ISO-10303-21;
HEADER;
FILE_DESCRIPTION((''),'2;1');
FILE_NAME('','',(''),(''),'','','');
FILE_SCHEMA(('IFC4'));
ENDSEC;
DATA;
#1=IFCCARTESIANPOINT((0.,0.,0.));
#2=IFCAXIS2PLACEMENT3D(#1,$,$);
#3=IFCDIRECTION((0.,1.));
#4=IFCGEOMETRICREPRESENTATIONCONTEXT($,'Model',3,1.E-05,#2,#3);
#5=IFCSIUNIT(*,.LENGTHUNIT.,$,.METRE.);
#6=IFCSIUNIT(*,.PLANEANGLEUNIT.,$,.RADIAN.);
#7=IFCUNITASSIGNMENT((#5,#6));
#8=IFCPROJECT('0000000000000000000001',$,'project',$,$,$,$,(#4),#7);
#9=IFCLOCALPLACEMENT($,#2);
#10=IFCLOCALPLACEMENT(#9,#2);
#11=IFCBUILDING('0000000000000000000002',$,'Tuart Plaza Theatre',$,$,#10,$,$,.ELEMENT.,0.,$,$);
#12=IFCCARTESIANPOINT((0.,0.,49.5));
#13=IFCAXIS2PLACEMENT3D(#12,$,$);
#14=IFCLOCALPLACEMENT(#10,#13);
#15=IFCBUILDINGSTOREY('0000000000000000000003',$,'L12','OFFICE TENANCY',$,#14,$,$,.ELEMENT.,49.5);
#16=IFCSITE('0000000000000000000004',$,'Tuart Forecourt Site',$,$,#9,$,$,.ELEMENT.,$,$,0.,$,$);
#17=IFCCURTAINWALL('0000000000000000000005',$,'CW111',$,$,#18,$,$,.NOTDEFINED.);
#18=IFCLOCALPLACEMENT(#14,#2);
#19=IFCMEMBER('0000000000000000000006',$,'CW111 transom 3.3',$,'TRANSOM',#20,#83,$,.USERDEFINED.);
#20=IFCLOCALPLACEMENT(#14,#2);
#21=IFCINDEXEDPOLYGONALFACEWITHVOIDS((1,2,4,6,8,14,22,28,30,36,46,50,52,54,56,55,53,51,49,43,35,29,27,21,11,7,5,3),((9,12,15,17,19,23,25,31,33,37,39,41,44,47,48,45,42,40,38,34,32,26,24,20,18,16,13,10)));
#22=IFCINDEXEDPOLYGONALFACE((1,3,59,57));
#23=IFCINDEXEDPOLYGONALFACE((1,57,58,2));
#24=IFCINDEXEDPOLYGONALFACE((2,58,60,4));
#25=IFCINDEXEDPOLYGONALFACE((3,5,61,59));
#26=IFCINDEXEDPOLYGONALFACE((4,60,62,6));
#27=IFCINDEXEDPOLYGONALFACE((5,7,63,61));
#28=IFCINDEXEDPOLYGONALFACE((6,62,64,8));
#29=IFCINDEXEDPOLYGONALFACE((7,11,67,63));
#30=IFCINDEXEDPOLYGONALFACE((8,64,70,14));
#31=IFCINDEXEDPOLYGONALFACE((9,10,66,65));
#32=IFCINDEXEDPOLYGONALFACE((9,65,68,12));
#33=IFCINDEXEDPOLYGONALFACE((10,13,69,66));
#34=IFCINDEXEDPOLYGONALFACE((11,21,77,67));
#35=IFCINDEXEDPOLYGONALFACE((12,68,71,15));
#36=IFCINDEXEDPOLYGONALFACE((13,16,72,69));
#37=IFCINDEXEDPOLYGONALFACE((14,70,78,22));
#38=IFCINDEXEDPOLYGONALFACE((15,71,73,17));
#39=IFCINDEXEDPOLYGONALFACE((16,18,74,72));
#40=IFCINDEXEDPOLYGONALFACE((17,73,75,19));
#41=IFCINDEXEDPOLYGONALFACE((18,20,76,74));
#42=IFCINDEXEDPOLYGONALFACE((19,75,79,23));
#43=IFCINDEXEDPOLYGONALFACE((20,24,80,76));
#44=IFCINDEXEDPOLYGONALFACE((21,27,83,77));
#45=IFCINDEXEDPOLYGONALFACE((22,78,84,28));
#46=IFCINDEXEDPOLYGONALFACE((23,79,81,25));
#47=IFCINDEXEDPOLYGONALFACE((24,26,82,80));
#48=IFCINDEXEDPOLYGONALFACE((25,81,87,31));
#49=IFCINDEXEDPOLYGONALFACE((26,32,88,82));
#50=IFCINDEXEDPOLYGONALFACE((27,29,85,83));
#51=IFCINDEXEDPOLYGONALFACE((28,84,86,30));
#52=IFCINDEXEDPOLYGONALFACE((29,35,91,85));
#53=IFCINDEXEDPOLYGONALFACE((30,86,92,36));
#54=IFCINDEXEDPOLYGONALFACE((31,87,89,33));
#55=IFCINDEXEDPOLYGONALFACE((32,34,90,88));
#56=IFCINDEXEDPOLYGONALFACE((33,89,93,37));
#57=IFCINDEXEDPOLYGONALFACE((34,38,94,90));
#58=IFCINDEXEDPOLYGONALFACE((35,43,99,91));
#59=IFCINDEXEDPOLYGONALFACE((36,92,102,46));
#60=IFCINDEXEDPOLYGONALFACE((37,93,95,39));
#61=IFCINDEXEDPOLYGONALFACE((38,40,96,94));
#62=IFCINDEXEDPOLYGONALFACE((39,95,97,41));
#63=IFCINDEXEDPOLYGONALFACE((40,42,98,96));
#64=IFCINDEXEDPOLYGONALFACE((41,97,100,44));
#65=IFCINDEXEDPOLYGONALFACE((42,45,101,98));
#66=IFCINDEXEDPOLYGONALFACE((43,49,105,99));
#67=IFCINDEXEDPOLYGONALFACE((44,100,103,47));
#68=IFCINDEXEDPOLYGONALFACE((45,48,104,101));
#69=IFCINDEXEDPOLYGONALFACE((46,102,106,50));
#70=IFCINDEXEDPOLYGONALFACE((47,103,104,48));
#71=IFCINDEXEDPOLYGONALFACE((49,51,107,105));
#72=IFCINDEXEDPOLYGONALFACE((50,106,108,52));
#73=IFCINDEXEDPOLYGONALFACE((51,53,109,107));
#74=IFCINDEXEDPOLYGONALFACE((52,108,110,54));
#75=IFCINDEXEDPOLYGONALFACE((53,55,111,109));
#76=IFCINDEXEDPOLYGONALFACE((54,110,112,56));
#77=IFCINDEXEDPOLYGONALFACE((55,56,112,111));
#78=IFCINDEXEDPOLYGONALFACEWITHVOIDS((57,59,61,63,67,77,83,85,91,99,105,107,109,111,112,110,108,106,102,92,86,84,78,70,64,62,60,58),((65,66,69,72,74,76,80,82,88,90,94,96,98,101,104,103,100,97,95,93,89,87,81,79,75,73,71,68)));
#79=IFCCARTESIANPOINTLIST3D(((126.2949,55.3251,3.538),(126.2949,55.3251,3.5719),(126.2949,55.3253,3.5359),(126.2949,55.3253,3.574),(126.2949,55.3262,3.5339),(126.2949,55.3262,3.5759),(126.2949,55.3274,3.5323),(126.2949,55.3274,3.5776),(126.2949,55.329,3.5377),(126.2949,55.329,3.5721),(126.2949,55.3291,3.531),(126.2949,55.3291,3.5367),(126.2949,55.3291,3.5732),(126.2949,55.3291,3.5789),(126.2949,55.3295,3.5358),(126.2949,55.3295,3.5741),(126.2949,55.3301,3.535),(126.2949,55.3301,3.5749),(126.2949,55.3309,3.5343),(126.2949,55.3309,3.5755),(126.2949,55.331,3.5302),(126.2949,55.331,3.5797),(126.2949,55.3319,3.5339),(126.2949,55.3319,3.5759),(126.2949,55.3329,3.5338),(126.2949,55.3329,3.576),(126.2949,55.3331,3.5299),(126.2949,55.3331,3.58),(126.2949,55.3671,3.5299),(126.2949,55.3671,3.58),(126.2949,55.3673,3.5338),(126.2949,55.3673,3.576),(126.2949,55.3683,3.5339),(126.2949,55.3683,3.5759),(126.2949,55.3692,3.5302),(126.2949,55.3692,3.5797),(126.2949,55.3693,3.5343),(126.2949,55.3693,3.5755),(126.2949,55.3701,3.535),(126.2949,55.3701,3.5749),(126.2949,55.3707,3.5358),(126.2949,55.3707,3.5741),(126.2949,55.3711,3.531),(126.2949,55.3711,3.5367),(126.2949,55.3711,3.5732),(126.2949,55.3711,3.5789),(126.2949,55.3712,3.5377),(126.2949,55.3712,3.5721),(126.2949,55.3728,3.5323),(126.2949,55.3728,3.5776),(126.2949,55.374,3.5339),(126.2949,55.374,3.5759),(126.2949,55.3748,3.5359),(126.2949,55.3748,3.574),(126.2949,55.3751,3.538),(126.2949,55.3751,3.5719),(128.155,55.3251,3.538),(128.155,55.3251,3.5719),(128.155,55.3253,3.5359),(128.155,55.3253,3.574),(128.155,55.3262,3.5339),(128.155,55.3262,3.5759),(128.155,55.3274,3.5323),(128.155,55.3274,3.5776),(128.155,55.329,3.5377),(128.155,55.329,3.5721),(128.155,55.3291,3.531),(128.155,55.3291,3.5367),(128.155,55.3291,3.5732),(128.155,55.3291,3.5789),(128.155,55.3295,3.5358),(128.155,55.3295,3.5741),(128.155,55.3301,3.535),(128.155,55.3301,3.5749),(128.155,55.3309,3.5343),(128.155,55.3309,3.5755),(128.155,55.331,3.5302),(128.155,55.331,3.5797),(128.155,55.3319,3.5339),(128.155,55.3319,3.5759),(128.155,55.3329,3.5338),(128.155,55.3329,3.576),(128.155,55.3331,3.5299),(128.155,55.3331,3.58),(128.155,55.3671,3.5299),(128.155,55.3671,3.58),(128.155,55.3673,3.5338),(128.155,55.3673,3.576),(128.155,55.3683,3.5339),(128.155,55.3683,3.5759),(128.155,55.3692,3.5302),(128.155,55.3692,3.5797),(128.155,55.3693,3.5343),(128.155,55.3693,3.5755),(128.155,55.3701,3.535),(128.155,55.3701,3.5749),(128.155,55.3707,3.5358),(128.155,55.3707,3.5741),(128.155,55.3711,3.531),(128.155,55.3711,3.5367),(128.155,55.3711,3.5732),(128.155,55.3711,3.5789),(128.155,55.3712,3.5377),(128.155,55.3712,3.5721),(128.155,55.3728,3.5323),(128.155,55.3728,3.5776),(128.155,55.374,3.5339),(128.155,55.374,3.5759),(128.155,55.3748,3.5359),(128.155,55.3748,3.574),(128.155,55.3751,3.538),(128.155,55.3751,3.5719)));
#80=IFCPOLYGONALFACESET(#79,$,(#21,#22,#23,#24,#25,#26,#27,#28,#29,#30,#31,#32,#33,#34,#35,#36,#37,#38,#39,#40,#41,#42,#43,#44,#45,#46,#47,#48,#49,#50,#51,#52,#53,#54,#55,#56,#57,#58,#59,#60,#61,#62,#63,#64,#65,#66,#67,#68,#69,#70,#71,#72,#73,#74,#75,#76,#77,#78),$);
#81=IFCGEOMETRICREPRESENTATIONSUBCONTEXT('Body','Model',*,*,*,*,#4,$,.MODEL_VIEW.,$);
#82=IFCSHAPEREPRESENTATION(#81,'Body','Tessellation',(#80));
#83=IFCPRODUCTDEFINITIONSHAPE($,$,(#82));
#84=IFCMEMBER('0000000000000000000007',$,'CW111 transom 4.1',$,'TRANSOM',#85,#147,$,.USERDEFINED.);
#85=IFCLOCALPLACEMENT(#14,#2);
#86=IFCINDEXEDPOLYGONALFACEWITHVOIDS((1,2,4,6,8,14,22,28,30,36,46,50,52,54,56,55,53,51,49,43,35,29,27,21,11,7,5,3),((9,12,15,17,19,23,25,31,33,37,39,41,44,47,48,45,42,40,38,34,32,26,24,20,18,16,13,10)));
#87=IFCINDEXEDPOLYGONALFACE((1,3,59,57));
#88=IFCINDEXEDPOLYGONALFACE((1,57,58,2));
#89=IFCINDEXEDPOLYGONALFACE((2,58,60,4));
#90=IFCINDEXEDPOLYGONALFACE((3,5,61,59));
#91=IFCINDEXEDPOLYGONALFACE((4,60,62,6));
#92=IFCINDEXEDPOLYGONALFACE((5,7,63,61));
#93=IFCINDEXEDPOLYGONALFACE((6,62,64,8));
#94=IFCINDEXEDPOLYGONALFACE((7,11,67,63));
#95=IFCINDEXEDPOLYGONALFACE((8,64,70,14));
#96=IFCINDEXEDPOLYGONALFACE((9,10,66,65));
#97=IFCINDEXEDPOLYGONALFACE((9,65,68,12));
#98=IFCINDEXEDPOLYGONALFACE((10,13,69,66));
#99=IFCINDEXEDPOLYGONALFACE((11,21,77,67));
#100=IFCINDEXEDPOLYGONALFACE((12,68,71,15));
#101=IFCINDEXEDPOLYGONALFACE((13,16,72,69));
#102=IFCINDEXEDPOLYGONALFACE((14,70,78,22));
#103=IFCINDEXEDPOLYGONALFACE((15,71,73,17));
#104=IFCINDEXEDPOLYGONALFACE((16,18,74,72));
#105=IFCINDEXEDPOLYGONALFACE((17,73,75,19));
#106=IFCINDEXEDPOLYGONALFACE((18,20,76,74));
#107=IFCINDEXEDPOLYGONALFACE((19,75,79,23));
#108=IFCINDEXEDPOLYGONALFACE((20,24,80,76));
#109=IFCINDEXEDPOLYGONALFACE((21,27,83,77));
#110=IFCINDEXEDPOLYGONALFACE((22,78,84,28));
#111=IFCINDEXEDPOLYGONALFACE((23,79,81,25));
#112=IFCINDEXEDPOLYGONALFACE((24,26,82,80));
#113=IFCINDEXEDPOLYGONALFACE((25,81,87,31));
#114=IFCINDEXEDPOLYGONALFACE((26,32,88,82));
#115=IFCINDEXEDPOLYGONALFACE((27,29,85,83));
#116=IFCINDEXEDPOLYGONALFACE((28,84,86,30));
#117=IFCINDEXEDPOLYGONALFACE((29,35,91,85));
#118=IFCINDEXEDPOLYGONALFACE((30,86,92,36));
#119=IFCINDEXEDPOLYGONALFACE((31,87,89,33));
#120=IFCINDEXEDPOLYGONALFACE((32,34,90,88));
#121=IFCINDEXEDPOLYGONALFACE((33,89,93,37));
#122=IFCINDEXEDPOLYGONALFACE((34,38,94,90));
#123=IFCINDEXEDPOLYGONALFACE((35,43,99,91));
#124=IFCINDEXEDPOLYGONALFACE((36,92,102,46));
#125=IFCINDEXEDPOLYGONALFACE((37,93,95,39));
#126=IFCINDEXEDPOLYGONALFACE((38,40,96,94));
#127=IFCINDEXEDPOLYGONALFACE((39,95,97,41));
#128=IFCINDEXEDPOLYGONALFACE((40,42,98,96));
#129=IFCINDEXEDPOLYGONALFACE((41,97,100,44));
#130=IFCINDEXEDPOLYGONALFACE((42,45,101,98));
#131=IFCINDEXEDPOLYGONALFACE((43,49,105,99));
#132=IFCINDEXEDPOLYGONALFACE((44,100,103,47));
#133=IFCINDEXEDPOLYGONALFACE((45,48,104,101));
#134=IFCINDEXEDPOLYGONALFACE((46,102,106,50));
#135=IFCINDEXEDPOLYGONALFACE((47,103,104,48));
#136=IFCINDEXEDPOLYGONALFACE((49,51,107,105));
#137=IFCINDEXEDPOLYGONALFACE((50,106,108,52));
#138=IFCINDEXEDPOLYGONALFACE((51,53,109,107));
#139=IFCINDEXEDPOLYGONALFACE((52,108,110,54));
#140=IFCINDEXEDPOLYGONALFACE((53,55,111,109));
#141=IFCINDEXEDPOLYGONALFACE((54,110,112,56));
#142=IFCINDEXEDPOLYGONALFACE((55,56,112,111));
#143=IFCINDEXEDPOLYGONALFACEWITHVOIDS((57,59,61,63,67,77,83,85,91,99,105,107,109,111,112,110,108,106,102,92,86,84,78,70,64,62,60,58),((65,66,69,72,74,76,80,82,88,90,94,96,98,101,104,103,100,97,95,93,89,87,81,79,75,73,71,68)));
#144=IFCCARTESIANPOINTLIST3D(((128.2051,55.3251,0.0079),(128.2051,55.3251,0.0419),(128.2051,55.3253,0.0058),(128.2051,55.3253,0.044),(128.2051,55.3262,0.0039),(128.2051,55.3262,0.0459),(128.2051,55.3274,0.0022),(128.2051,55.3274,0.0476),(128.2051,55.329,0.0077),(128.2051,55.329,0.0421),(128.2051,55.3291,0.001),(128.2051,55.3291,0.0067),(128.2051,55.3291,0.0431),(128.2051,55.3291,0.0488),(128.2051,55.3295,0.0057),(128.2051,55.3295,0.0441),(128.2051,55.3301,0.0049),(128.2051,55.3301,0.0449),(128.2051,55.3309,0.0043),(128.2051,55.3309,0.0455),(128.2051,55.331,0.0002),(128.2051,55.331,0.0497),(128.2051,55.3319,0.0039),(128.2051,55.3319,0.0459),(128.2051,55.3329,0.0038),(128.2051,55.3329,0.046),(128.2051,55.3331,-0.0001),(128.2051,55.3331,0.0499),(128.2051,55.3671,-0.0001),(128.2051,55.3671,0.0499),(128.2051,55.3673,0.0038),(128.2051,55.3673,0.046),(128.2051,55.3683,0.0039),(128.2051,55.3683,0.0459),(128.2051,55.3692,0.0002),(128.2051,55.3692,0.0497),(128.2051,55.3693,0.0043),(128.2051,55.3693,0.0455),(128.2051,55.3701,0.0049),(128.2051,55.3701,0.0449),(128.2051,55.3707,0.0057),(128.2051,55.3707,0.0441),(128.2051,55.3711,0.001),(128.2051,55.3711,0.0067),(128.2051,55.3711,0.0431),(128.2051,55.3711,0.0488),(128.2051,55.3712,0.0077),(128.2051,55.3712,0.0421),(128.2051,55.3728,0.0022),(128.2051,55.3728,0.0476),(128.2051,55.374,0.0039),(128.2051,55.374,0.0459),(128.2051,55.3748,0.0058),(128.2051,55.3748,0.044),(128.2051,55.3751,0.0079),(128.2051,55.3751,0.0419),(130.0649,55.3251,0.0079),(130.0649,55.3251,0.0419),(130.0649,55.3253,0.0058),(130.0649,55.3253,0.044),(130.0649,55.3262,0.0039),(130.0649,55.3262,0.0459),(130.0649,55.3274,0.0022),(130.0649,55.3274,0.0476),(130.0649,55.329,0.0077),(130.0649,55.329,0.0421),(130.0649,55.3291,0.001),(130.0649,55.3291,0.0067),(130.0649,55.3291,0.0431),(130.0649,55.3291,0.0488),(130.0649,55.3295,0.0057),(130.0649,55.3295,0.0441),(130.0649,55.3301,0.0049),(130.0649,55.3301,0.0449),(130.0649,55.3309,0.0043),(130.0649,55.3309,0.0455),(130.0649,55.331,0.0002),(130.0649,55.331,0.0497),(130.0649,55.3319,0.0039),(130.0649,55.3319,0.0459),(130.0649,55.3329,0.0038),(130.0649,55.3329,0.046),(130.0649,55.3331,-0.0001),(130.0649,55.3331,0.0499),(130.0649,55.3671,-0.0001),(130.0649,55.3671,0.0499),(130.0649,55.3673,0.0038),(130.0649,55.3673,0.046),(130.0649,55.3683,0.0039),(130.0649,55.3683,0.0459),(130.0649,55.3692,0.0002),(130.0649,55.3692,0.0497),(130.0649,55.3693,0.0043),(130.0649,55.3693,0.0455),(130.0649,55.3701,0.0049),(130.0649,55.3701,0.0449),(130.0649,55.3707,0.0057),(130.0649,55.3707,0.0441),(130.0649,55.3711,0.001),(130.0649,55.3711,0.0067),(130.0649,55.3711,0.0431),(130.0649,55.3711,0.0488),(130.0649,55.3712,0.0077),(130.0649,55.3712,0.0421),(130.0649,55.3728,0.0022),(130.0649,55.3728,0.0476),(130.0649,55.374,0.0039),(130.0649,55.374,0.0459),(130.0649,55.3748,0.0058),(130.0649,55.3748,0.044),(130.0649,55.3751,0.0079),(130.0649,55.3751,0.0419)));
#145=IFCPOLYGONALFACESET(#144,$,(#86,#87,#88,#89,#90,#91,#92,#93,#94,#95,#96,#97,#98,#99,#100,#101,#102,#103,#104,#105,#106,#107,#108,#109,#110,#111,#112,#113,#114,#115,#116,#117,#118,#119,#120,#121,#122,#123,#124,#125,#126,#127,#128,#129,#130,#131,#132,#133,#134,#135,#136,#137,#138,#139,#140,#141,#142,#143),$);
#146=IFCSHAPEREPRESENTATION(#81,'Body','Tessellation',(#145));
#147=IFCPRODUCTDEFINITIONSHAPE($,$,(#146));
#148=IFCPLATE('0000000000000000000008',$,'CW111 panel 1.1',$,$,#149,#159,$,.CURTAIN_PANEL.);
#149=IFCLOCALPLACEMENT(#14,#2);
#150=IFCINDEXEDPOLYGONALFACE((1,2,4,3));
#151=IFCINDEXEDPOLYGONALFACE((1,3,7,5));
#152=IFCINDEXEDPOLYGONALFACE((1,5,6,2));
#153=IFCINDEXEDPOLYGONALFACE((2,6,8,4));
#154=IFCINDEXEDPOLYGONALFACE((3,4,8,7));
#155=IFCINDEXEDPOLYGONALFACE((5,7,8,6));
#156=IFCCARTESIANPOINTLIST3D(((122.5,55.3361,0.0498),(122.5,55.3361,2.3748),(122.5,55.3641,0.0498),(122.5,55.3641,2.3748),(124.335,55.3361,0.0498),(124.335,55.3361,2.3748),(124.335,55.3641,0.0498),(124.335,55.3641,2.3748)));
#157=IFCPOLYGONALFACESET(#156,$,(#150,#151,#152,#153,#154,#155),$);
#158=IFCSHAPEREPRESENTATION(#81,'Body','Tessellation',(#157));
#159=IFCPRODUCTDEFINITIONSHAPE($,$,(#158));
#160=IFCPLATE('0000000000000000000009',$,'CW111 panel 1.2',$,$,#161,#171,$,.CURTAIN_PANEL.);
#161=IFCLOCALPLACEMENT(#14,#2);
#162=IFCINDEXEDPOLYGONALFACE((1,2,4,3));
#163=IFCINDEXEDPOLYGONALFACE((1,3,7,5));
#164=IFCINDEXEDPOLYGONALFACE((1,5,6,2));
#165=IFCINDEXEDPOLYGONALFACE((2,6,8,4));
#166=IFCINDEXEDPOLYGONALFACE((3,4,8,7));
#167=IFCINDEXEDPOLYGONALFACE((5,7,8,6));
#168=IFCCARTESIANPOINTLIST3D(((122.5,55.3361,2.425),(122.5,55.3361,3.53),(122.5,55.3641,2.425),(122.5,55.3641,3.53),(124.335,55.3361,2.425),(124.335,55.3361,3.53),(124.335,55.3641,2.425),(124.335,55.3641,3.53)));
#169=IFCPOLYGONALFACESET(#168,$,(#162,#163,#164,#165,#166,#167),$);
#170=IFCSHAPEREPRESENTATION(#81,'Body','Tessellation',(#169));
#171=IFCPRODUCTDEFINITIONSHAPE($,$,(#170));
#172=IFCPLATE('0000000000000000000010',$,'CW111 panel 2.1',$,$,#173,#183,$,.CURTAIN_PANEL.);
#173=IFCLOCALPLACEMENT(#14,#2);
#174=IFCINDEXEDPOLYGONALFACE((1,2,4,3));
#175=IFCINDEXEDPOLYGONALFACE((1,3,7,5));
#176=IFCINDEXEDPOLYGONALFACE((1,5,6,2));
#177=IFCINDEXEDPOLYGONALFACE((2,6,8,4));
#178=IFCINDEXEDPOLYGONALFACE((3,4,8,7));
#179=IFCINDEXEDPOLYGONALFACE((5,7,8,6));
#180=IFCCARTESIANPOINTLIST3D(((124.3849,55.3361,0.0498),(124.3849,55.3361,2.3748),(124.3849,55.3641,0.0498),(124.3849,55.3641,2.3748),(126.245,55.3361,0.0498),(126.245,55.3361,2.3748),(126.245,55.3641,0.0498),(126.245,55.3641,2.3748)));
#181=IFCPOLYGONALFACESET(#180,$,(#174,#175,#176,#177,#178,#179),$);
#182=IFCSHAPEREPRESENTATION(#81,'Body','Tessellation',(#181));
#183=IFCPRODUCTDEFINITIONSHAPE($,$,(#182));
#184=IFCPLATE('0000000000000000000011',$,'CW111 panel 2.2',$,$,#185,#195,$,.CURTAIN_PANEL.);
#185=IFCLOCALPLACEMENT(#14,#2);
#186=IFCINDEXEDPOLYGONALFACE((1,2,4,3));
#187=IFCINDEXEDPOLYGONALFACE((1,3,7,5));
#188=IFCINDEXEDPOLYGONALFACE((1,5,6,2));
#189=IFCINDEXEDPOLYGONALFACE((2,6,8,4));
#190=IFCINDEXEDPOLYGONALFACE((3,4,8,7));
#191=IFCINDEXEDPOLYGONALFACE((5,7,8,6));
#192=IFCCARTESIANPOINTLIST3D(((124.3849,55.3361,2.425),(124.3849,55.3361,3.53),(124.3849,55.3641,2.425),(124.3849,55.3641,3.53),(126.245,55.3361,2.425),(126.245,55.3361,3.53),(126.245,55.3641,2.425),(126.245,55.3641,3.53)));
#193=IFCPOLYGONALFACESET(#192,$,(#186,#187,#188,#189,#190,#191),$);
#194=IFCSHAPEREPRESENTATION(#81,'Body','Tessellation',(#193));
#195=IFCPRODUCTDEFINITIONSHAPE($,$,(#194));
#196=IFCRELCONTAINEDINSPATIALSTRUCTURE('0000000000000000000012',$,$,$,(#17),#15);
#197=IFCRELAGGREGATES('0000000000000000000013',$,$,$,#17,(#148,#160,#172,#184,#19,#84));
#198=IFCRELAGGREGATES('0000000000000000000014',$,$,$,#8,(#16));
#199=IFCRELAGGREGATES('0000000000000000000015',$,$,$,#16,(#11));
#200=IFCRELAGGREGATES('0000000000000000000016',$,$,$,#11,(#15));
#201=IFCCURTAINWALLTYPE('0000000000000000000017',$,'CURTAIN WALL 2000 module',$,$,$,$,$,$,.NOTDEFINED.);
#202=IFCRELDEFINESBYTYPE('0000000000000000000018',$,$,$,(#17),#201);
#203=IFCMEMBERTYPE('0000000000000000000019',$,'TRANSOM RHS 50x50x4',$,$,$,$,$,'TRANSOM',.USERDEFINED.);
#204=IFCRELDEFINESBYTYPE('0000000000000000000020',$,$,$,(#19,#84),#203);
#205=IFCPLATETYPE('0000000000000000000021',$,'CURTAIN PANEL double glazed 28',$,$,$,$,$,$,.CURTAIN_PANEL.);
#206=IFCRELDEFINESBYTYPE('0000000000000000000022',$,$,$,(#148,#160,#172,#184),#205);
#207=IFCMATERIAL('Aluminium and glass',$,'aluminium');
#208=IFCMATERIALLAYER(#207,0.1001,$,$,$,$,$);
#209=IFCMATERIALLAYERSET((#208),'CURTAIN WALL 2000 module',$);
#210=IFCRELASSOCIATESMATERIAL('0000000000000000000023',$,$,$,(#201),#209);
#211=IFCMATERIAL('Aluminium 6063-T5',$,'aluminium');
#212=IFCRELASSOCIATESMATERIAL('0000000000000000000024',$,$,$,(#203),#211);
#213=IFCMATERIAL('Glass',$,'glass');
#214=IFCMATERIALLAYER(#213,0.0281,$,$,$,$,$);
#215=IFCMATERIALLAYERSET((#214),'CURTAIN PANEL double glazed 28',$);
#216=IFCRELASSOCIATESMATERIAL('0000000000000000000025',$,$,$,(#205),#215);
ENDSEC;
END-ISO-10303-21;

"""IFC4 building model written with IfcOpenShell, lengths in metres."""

from ifc_helpers import new_model, si_unit, direction, frame, origin, origin_2d, place, context, subcontext, project, spatial, rectangle, hollow_rectangle, extrude, material, layer, layer_set, material_profile, profile_set, type_object, element, aggregate, save


model = new_model("IFC4")

# Units and contexts
model_context = context("Model", 3, precision=1e-05, world=origin(), true_north=direction((0.0, 1.0)))
body_context = subcontext(model_context, "Body", "Model", "MODEL_VIEW")
ifc_project = project(units=[si_unit("LENGTHUNIT", "METRE"), si_unit("PLANEANGLEUNIT", "RADIAN")], contexts=[model_context])

# Site, building, storey
site_placement = place(None, origin())
site = spatial("IfcSite", under=ifc_project, at=site_placement, Name="Tuart Forecourt Site", CompositionType="ELEMENT", RefElevation=0.0)
building_placement = place(site_placement, origin())
building = spatial("IfcBuilding", under=site, at=building_placement, Name="Tuart Plaza Theatre", CompositionType="ELEMENT", ElevationOfRefHeight=0.0)
storey_placement = place(building_placement, frame((0.0, 0.0, 49.5)))
storey = spatial("IfcBuildingStorey", under=building, at=storey_placement, Name="L12", Description="OFFICE TENANCY", CompositionType="ELEMENT", Elevation=49.5)

# Curtain wall, members, plates
ifc_material_1 = material(Name="Aluminium and glass", Category="aluminium")
ifc_layer_1 = layer(ifc_material_1, 0.1001)
ifc_layer_set_1 = layer_set([ifc_layer_1], Name="CURTAIN WALL 2000 module")
curtain_wall_type = type_object("IfcCurtainWallType", Name="CURTAIN WALL 2000 module", PredefinedType="NOTDEFINED", material=ifc_layer_set_1)
curtain_wall_placement = place(storey_placement, origin())
curtain_wall = element("IfcCurtainWall", 1, at=curtain_wall_placement, inside=storey, type_object=curtain_wall_type, Name="CW111", PredefinedType="NOTDEFINED")
ifc_material_2 = material(Name="Aluminium 6063-T5", Category="aluminium")
ifc_material_profile_1 = material_profile(ifc_material_2, hollow_rectangle(XDim=0.05, YDim=0.05, WallThickness=0.0039, InnerFilletRadius=0.0039, OuterFilletRadius=0.0081, at=origin_2d()), Name="RHS 50x50x4")
ifc_profile_set_1 = profile_set([ifc_material_profile_1], Name="Aluminium 6063-T5")
member_type_1 = type_object("IfcMemberType", Name="TRANSOM RHS 50x50x4", ElementType="TRANSOM", PredefinedType="USERDEFINED", material=ifc_profile_set_1)
member_1_placement = place(storey_placement, frame((126.2949, 55.3501, 3.5549), z_axis=(1.0, 0.0, 0.0), x_axis=(0.0, 1.0, 0.0)))
member_1 = element("IfcMember", 2, at=member_1_placement, type_object=member_type_1, Name="CW111 transom 3.3", ObjectType="TRANSOM", PredefinedType="USERDEFINED", context=body_context, shape_type="SweptSolid", body=[
    extrude(hollow_rectangle(XDim=0.05, YDim=0.05, WallThickness=0.0039, InnerFilletRadius=0.0039, OuterFilletRadius=0.0081, at=origin_2d()), origin(), (0.0, 0.0, 1.0), 1.8601),
])
member_2_placement = place(storey_placement, frame((128.2051, 55.3501, 0.0249), z_axis=(1.0, 0.0, 0.0), x_axis=(0.0, 1.0, 0.0)))
member_2 = element("IfcMember", 3, at=member_2_placement, type_object=member_type_1, Name="CW111 transom 4.1", ObjectType="TRANSOM", PredefinedType="USERDEFINED", context=body_context, shape_type="SweptSolid", body=[
    extrude(hollow_rectangle(XDim=0.05, YDim=0.05, WallThickness=0.0039, InnerFilletRadius=0.0039, OuterFilletRadius=0.0081, at=origin_2d()), origin(), (0.0, 0.0, 1.0), 1.8599),
])
ifc_material_3 = material(Name="Glass", Category="glass")
ifc_layer_2 = layer(ifc_material_3, 0.0281)
ifc_layer_set_2 = layer_set([ifc_layer_2], Name="CURTAIN PANEL double glazed 28")
plate_type = type_object("IfcPlateType", Name="CURTAIN PANEL double glazed 28", PredefinedType="CURTAIN_PANEL", material=ifc_layer_set_2)
plate_1_placement = place(storey_placement, frame((123.4175, 55.3501, 0.0498), z_axis=(0.0, 0.0, 1.0), x_axis=(1.0, 0.0, 0.0)))
plate_1 = element("IfcPlate", 4, at=plate_1_placement, type_object=plate_type, Name="CW111 panel 1.1", PredefinedType="CURTAIN_PANEL", context=body_context, shape_type="SweptSolid", body=[
    extrude(rectangle(XDim=1.835, YDim=0.0281, at=origin_2d()), origin(), (0.0, 0.0, 1.0), 2.325),
])
plate_2_placement = place(storey_placement, frame((123.4175, 55.3501, 2.425), z_axis=(0.0, 0.0, 1.0), x_axis=(1.0, 0.0, 0.0)))
plate_2 = element("IfcPlate", 5, at=plate_2_placement, type_object=plate_type, Name="CW111 panel 1.2", PredefinedType="CURTAIN_PANEL", context=body_context, shape_type="SweptSolid", body=[
    extrude(rectangle(XDim=1.835, YDim=0.0281, at=origin_2d()), origin(), (0.0, 0.0, 1.0), 1.105),
])
plate_3_placement = place(storey_placement, frame((125.3149, 55.3501, 0.0498), z_axis=(0.0, 0.0, 1.0), x_axis=(1.0, 0.0, 0.0)))
plate_3 = element("IfcPlate", 6, at=plate_3_placement, type_object=plate_type, Name="CW111 panel 2.1", PredefinedType="CURTAIN_PANEL", context=body_context, shape_type="SweptSolid", body=[
    extrude(rectangle(XDim=1.8601, YDim=0.0281, at=origin_2d()), origin(), (0.0, 0.0, 1.0), 2.325),
])
plate_4_placement = place(storey_placement, frame((125.3149, 55.3501, 2.425), z_axis=(0.0, 0.0, 1.0), x_axis=(1.0, 0.0, 0.0)))
plate_4 = element("IfcPlate", 7, at=plate_4_placement, type_object=plate_type, Name="CW111 panel 2.2", PredefinedType="CURTAIN_PANEL", context=body_context, shape_type="SweptSolid", body=[
    extrude(rectangle(XDim=1.8601, YDim=0.0281, at=origin_2d()), origin(), (0.0, 0.0, 1.0), 1.105),
])
aggregate(curtain_wall, [plate_1, plate_2, plate_3, plate_4, member_1, member_2])

save(model, "model.ifc")
